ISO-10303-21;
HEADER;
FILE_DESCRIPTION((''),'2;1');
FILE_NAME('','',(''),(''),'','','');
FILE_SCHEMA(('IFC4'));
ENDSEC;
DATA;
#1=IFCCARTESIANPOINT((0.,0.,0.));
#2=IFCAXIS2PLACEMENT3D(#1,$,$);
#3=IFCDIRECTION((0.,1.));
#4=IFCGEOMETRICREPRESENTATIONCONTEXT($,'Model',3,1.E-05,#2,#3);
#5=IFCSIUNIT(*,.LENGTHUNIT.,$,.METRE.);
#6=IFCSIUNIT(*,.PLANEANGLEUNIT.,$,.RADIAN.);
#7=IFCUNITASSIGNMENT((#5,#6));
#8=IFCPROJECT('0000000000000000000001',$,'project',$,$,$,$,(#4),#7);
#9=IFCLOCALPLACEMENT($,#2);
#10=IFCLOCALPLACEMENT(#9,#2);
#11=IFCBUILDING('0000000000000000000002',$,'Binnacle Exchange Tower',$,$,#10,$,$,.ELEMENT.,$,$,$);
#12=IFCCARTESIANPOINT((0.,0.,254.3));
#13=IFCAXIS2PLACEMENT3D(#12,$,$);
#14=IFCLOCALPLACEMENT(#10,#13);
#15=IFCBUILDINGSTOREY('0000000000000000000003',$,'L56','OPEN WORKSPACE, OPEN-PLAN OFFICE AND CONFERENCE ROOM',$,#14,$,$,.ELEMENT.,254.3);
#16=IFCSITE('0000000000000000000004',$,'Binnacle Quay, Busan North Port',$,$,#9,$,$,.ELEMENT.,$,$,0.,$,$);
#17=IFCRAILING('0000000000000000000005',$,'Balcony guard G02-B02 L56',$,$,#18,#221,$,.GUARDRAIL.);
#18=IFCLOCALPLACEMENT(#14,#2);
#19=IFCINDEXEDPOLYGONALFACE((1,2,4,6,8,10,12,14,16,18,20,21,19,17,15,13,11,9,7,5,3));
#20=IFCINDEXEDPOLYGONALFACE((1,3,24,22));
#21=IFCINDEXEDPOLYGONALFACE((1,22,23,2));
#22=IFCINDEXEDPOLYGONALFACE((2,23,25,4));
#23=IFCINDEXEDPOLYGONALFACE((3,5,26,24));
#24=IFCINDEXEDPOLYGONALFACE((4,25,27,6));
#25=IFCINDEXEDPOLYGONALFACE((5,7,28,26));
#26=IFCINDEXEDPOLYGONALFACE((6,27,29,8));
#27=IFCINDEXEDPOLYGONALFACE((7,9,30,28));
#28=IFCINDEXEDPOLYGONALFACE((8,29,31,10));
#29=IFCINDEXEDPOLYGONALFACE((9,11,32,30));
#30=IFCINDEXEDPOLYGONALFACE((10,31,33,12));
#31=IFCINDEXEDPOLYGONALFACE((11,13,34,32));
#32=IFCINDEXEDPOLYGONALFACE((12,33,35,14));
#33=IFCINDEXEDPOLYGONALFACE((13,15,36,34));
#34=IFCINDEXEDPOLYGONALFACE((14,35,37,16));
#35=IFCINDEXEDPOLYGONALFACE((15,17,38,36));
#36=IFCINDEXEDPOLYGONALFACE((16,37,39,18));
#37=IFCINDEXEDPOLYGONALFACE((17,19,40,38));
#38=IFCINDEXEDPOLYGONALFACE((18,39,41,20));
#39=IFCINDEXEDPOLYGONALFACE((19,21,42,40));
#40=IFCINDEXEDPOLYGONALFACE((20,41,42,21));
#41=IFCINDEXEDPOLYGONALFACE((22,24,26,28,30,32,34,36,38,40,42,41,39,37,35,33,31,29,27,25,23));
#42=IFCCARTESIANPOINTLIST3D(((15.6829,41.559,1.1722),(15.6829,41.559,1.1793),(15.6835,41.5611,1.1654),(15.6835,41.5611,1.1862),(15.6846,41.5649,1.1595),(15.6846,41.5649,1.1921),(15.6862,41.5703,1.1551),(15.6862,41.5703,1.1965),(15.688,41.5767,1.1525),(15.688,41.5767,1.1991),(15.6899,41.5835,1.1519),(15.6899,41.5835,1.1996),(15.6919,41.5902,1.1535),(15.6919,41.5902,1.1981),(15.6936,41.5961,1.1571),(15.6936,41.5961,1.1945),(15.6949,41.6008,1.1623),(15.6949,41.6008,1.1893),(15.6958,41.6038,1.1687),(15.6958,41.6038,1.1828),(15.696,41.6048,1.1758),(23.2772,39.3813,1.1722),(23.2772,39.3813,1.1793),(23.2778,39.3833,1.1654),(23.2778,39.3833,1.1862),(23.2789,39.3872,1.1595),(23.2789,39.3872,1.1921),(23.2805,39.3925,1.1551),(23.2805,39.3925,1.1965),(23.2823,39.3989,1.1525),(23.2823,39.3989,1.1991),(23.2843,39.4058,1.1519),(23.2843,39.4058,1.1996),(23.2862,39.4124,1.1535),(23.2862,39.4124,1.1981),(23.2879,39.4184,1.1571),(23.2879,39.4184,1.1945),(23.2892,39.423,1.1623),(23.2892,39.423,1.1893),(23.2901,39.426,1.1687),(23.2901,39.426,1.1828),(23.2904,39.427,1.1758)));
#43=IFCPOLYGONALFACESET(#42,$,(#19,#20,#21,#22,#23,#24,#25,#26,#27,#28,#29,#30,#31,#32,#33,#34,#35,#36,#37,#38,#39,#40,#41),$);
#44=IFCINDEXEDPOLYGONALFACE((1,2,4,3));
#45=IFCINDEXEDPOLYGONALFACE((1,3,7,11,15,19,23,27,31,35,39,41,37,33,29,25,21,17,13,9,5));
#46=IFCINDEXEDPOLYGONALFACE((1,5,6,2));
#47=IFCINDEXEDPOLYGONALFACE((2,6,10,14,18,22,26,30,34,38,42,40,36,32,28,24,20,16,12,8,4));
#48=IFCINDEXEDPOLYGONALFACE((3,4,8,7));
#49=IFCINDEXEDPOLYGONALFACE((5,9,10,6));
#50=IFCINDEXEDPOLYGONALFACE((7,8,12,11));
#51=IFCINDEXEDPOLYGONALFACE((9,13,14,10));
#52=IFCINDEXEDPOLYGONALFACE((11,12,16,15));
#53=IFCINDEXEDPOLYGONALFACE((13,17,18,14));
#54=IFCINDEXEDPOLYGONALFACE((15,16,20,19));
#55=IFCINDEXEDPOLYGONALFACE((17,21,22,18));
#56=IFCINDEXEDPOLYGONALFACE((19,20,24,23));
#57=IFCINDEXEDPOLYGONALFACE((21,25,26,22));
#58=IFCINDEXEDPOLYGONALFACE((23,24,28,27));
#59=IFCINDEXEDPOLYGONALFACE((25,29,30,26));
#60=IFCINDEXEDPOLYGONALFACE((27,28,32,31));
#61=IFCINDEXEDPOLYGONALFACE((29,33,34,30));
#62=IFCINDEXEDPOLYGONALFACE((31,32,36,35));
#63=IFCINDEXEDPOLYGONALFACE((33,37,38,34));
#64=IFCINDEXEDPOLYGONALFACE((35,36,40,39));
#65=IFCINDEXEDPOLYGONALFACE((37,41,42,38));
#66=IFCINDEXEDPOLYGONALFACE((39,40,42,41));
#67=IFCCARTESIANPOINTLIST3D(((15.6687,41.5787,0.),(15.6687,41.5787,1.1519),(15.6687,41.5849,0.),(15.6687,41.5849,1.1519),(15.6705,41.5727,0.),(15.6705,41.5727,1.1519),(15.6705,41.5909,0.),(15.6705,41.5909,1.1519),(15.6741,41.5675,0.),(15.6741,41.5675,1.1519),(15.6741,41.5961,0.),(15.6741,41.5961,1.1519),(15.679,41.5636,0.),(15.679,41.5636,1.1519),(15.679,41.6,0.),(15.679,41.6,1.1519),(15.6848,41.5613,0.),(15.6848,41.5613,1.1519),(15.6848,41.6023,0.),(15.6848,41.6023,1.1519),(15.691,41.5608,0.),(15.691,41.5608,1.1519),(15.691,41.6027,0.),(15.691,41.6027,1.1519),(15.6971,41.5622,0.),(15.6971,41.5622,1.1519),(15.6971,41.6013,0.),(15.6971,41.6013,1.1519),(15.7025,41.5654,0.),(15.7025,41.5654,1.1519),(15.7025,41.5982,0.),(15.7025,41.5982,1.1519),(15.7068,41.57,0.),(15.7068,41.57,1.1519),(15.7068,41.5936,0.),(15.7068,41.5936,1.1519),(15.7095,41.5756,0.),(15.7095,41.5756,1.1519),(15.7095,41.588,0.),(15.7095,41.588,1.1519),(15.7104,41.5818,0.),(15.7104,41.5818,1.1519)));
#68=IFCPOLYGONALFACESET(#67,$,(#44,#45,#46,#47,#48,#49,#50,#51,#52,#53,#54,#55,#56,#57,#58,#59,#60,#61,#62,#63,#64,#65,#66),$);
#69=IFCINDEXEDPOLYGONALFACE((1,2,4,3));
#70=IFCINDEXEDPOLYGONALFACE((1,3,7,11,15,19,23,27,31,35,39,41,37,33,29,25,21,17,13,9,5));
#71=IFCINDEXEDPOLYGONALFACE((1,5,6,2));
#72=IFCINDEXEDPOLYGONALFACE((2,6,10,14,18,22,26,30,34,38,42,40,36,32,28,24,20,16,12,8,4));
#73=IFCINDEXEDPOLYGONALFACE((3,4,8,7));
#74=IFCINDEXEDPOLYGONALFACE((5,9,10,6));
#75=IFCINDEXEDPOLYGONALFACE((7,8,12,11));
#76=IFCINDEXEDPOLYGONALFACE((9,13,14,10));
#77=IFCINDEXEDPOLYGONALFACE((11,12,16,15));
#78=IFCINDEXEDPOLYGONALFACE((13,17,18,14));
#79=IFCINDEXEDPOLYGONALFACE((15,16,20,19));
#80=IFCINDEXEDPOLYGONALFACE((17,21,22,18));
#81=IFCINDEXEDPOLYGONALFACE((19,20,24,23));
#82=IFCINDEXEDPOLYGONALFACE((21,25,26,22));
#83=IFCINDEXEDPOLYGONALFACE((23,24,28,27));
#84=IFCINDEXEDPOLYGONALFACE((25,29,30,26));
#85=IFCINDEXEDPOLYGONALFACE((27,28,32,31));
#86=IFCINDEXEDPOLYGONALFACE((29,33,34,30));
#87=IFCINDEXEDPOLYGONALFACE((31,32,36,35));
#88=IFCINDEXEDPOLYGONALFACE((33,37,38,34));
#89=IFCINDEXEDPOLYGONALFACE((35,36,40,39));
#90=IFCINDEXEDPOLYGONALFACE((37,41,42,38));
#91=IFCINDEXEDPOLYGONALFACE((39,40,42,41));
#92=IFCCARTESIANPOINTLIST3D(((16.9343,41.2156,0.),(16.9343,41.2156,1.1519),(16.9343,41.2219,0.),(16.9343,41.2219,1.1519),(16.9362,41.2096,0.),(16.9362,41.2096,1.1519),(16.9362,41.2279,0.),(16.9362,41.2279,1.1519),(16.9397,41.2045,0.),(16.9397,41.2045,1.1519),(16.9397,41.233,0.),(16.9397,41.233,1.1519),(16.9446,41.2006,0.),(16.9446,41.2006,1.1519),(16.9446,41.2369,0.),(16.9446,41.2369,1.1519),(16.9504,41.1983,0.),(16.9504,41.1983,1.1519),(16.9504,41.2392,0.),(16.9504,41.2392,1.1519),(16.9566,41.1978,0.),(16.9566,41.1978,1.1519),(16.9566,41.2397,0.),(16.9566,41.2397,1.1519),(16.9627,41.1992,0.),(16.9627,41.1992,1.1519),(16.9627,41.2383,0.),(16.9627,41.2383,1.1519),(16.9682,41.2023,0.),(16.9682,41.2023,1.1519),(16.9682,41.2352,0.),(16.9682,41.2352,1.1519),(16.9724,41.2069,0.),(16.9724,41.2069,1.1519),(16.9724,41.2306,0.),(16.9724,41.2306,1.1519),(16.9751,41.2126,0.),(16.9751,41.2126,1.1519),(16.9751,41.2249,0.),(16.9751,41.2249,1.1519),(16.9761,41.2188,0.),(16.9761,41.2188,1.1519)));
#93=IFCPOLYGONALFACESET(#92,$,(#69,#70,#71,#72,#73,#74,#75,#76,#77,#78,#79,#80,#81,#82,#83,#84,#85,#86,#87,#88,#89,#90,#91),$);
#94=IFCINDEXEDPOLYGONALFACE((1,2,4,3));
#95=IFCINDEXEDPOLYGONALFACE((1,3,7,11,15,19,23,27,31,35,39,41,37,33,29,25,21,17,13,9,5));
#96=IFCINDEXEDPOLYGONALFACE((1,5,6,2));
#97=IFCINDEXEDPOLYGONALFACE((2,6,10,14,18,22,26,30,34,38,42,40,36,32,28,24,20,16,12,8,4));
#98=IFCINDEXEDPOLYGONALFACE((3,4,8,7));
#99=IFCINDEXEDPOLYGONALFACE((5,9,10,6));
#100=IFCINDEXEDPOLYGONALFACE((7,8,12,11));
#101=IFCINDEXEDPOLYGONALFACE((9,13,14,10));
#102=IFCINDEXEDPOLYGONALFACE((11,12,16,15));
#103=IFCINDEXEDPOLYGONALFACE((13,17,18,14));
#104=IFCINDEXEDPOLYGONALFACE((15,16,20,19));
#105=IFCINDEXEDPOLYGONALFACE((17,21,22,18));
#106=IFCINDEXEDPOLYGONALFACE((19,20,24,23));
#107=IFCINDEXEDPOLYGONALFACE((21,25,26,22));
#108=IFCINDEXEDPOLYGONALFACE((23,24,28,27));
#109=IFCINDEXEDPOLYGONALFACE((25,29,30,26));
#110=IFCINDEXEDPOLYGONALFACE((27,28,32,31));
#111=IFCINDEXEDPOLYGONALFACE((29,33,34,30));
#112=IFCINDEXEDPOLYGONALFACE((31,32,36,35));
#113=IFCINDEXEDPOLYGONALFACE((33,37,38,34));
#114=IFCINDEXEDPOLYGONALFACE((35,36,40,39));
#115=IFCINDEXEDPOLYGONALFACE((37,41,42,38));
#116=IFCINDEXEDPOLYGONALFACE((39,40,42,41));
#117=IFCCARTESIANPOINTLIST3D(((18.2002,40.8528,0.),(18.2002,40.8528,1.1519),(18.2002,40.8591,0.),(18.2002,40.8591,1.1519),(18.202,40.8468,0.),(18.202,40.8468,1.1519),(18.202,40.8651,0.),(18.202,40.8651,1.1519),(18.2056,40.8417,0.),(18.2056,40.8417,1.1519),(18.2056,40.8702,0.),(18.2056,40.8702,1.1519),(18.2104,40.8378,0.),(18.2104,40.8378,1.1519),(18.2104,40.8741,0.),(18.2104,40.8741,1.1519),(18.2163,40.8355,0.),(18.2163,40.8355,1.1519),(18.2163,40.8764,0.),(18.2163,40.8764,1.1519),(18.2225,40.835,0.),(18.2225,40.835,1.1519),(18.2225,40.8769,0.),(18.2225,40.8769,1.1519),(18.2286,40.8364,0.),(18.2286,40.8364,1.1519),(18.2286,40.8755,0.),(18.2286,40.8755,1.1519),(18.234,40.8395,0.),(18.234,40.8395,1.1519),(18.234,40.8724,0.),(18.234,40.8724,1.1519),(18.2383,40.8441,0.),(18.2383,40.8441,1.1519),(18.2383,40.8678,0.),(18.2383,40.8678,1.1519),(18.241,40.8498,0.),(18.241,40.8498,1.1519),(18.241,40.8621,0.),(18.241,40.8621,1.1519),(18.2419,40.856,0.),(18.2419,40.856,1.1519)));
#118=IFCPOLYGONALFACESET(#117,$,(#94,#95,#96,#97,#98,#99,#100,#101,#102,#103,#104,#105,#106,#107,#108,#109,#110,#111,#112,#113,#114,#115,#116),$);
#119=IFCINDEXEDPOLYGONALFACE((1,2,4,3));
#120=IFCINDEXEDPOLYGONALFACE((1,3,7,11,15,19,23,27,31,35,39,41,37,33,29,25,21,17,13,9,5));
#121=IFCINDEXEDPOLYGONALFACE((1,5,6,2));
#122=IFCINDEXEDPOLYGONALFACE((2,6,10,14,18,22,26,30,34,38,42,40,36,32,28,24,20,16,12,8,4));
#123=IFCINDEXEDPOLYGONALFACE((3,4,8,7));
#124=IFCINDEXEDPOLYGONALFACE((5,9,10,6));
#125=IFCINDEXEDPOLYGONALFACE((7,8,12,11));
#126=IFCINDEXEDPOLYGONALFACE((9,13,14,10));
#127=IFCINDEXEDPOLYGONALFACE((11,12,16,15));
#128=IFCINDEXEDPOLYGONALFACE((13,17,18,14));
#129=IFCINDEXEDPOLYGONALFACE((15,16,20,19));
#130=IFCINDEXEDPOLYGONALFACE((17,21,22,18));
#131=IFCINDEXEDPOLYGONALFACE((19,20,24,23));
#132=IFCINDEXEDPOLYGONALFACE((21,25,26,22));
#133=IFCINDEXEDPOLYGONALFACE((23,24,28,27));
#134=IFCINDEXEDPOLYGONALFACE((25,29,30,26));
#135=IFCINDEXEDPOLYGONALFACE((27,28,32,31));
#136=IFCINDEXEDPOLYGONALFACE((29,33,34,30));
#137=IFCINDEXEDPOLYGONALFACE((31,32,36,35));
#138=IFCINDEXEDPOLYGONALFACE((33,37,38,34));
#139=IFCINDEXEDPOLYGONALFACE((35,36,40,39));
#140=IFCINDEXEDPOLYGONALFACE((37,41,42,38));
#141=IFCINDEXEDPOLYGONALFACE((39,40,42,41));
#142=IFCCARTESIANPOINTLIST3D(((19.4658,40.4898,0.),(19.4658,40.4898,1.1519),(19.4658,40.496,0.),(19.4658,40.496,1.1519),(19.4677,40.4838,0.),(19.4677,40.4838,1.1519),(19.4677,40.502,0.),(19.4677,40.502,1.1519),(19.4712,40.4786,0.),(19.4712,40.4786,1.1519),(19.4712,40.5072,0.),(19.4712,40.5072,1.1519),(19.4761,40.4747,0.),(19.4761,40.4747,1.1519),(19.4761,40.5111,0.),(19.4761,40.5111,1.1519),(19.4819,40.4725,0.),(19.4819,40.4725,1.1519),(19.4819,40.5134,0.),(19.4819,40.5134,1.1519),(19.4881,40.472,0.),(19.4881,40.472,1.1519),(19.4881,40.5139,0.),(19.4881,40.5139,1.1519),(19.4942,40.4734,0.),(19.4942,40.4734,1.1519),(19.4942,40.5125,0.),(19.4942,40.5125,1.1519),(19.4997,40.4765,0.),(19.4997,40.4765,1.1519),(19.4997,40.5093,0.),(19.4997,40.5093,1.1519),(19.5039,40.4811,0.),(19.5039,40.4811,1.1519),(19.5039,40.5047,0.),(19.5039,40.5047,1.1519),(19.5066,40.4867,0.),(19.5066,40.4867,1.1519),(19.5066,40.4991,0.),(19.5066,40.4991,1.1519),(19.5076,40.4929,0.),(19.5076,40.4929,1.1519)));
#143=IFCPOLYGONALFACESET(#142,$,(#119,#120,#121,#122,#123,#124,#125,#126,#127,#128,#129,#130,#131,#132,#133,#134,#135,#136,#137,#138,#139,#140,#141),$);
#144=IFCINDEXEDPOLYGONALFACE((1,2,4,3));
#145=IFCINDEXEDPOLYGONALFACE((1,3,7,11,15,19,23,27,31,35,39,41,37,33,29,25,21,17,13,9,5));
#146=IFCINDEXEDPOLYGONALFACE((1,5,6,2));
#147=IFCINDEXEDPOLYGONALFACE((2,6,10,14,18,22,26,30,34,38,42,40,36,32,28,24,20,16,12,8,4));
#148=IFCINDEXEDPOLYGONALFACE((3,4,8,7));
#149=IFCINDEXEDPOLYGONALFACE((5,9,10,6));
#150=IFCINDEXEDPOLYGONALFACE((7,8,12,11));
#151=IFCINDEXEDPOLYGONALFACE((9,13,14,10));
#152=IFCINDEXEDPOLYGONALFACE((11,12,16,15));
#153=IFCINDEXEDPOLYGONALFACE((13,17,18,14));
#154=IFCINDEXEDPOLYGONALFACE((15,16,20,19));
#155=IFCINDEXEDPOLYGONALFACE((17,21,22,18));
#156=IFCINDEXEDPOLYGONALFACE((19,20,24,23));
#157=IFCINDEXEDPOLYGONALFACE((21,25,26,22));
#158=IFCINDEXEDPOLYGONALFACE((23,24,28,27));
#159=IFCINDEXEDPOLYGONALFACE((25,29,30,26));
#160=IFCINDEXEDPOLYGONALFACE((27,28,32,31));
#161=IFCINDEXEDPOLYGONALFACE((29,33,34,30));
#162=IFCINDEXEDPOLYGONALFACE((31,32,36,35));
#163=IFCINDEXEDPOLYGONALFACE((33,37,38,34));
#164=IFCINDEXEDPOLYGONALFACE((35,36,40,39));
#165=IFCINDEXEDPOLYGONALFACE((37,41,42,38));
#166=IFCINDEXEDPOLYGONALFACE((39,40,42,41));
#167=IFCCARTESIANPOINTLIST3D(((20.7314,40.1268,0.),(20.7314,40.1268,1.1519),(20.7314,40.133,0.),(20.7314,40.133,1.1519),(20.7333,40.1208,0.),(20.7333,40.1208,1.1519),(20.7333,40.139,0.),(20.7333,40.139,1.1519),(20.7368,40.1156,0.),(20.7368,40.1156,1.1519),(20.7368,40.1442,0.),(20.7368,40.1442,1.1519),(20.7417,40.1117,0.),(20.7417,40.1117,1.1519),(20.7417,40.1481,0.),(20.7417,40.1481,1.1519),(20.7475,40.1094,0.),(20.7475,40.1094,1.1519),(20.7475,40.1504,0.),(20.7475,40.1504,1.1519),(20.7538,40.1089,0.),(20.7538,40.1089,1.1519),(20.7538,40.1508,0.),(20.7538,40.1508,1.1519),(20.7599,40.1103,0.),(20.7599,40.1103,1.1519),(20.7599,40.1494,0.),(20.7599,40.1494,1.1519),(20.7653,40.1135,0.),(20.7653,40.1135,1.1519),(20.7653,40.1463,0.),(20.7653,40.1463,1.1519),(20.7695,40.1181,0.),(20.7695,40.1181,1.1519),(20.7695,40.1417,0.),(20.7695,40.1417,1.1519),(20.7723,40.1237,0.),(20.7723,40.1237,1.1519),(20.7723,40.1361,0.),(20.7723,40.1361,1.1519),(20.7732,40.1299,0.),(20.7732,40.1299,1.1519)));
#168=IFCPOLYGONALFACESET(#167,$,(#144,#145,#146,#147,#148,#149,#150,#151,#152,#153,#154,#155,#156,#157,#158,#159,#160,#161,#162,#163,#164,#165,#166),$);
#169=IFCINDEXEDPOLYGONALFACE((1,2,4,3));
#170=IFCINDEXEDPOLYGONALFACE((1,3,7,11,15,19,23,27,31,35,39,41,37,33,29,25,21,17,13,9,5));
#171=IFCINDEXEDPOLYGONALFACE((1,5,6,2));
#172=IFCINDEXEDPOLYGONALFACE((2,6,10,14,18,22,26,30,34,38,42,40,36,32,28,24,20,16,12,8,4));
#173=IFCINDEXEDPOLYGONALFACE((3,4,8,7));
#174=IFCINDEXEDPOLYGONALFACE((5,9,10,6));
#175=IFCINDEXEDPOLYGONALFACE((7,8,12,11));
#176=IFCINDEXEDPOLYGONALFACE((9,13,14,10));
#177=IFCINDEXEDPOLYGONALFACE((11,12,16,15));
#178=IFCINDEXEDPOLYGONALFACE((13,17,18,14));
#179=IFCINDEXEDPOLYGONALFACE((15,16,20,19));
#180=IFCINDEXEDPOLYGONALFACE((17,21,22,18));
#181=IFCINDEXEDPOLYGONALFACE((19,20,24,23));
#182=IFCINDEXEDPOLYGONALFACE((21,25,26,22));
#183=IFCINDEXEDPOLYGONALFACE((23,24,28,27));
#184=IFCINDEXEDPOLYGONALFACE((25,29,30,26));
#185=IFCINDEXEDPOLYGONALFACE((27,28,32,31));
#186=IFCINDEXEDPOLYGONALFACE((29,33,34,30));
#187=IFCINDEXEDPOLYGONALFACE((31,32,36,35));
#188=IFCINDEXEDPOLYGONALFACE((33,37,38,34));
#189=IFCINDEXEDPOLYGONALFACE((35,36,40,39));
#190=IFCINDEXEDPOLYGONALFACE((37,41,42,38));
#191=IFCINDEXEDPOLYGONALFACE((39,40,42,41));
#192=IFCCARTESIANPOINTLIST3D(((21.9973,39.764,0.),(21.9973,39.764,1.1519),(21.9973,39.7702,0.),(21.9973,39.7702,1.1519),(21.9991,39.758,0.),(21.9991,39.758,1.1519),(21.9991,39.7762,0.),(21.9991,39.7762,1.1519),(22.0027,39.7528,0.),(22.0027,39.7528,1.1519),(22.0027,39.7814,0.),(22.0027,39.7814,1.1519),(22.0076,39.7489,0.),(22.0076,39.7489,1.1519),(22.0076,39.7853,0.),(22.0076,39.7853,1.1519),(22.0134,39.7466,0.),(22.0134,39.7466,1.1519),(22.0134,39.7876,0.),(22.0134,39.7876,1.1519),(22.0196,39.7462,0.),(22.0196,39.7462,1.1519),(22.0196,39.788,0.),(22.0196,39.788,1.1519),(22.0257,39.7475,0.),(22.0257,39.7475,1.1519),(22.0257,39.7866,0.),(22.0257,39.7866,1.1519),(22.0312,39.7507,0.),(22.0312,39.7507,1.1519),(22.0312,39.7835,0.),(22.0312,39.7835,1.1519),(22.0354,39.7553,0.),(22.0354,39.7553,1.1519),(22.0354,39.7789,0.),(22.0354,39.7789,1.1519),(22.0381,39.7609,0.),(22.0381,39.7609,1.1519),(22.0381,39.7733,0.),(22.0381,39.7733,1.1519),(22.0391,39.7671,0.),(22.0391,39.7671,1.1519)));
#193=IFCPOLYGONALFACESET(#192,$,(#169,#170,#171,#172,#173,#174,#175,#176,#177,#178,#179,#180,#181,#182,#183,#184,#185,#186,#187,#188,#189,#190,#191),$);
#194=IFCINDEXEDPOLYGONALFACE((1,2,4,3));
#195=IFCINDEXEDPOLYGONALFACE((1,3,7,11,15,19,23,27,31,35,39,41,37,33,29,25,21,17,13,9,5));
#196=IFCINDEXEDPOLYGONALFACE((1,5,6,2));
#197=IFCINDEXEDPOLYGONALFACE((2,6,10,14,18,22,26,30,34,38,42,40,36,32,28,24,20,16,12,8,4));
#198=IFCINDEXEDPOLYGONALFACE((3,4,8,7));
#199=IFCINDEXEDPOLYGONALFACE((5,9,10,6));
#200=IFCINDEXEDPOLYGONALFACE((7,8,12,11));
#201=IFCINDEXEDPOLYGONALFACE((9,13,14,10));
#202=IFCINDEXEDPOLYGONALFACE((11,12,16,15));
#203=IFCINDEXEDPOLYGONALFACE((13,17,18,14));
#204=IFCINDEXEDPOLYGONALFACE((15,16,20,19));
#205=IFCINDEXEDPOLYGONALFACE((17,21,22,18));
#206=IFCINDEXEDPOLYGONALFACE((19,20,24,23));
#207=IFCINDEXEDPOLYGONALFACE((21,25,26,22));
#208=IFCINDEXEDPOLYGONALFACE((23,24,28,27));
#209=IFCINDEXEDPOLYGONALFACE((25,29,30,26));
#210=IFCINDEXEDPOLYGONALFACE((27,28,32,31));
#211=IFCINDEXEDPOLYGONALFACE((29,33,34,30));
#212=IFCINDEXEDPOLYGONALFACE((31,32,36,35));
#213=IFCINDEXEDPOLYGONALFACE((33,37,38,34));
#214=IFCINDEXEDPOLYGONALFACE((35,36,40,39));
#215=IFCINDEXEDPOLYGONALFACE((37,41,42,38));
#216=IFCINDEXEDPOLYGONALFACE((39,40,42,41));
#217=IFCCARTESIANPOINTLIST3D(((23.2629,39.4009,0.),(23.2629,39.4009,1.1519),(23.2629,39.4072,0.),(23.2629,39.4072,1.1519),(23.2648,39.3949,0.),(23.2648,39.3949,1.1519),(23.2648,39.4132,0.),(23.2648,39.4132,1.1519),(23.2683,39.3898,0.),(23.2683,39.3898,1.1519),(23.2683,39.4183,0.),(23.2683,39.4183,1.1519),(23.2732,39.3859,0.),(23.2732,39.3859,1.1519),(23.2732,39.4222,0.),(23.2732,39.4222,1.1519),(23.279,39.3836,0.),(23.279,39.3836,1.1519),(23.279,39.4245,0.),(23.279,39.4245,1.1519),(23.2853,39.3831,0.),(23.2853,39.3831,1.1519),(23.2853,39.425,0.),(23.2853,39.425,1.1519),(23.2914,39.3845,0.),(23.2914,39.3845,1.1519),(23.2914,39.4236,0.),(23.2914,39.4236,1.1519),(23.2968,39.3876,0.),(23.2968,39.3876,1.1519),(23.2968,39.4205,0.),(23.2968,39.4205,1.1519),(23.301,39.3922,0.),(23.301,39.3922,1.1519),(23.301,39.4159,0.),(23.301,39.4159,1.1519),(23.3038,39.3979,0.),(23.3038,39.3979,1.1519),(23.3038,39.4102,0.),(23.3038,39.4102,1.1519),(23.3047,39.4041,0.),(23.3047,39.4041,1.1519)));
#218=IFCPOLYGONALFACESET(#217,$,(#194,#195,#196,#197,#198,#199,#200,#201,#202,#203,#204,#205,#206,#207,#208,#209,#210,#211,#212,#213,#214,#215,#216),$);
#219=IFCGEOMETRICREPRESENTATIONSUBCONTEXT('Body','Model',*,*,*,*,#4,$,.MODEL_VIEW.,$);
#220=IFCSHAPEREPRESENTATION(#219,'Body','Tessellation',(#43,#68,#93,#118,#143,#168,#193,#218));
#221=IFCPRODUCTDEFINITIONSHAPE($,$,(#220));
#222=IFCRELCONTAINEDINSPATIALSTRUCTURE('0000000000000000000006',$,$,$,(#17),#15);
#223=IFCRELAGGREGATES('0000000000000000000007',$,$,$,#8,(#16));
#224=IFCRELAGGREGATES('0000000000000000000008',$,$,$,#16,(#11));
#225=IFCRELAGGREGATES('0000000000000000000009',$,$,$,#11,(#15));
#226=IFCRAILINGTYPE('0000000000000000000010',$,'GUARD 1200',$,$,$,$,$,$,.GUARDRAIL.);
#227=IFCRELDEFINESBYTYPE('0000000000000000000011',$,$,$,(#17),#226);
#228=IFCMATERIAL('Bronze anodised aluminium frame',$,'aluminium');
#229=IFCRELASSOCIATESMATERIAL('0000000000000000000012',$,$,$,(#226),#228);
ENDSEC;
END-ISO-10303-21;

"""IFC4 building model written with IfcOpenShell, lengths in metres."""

from ifc_helpers import new_model, si_unit, direction, frame, origin, origin_2d, place, context, subcontext, project, spatial, circle, extrude, material, type_object, element, save


model = new_model("IFC4")

# Units and contexts
model_context = context("Model", 3, precision=1e-05, world=origin(), true_north=direction((0.0, 1.0)))
body_context = subcontext(model_context, "Body", "Model", "MODEL_VIEW")
ifc_project = project(units=[si_unit("LENGTHUNIT", "METRE"), si_unit("PLANEANGLEUNIT", "RADIAN")], contexts=[model_context])

# Site, building, storey
site_placement = place(None, origin())
site = spatial("IfcSite", under=ifc_project, at=site_placement, Name="Binnacle Quay, Busan North Port", CompositionType="ELEMENT", RefElevation=0.0)
building_placement = place(site_placement, origin())
building = spatial("IfcBuilding", under=site, at=building_placement, Name="Binnacle Exchange Tower", CompositionType="ELEMENT")
storey_placement = place(building_placement, frame((0.0, 0.0, 254.3)))
storey = spatial("IfcBuildingStorey", under=building, at=storey_placement, Name="L56", Description="OPEN WORKSPACE, OPEN-PLAN OFFICE AND CONFERENCE ROOM", CompositionType="ELEMENT", Elevation=254.3)

# Shared definitions
ifc_material_1 = material(Name="Bronze anodised aluminium frame", Category="aluminium")

# Railing
railing_type = type_object("IfcRailingType", Name="GUARD 1200", PredefinedType="GUARDRAIL", material=ifc_material_1)
railing_1_placement = place(storey_placement, frame((15.6895, 41.5818, 0.0)))
element("IfcRailing", 1, at=railing_1_placement, inside=storey, type_object=railing_type, Name="Balcony guard G02-B02 L56", PredefinedType="GUARDRAIL", context=body_context, shape_type="SweptSolid", body=[
    extrude(circle(Radius=0.0239, at=origin_2d()), frame((0.0, 0.0, 1.1758), z_axis=(0.961258, -0.275652, 0.0), x_axis=(0.275652, 0.961258, 0.0)), (0.0, 0.0, 1.0), 7.9004),
    extrude(circle(Radius=0.021, at=origin_2d()), origin(), (0.0, 0.0, 1.0), 1.1519),
    extrude(circle(Radius=0.021, at=origin_2d()), frame((1.2656, -0.363, 0.0)), (0.0, 0.0, 1.0), 1.1519),
    extrude(circle(Radius=0.021, at=origin_2d()), frame((2.5315, -0.7258, 0.0)), (0.0, 0.0, 1.0), 1.1519),
    extrude(circle(Radius=0.021, at=origin_2d()), frame((3.7971, -1.0889, 0.0)), (0.0, 0.0, 1.0), 1.1519),
    extrude(circle(Radius=0.021, at=origin_2d()), frame((5.0627, -1.4519, 0.0)), (0.0, 0.0, 1.0), 1.1519),
    extrude(circle(Radius=0.021, at=origin_2d()), frame((6.3286, -1.8147, 0.0)), (0.0, 0.0, 1.0), 1.1519),
    extrude(circle(Radius=0.021, at=origin_2d()), frame((7.5942, -2.1777, 0.0)), (0.0, 0.0, 1.0), 1.1519),
])

save(model, "model.ifc")
